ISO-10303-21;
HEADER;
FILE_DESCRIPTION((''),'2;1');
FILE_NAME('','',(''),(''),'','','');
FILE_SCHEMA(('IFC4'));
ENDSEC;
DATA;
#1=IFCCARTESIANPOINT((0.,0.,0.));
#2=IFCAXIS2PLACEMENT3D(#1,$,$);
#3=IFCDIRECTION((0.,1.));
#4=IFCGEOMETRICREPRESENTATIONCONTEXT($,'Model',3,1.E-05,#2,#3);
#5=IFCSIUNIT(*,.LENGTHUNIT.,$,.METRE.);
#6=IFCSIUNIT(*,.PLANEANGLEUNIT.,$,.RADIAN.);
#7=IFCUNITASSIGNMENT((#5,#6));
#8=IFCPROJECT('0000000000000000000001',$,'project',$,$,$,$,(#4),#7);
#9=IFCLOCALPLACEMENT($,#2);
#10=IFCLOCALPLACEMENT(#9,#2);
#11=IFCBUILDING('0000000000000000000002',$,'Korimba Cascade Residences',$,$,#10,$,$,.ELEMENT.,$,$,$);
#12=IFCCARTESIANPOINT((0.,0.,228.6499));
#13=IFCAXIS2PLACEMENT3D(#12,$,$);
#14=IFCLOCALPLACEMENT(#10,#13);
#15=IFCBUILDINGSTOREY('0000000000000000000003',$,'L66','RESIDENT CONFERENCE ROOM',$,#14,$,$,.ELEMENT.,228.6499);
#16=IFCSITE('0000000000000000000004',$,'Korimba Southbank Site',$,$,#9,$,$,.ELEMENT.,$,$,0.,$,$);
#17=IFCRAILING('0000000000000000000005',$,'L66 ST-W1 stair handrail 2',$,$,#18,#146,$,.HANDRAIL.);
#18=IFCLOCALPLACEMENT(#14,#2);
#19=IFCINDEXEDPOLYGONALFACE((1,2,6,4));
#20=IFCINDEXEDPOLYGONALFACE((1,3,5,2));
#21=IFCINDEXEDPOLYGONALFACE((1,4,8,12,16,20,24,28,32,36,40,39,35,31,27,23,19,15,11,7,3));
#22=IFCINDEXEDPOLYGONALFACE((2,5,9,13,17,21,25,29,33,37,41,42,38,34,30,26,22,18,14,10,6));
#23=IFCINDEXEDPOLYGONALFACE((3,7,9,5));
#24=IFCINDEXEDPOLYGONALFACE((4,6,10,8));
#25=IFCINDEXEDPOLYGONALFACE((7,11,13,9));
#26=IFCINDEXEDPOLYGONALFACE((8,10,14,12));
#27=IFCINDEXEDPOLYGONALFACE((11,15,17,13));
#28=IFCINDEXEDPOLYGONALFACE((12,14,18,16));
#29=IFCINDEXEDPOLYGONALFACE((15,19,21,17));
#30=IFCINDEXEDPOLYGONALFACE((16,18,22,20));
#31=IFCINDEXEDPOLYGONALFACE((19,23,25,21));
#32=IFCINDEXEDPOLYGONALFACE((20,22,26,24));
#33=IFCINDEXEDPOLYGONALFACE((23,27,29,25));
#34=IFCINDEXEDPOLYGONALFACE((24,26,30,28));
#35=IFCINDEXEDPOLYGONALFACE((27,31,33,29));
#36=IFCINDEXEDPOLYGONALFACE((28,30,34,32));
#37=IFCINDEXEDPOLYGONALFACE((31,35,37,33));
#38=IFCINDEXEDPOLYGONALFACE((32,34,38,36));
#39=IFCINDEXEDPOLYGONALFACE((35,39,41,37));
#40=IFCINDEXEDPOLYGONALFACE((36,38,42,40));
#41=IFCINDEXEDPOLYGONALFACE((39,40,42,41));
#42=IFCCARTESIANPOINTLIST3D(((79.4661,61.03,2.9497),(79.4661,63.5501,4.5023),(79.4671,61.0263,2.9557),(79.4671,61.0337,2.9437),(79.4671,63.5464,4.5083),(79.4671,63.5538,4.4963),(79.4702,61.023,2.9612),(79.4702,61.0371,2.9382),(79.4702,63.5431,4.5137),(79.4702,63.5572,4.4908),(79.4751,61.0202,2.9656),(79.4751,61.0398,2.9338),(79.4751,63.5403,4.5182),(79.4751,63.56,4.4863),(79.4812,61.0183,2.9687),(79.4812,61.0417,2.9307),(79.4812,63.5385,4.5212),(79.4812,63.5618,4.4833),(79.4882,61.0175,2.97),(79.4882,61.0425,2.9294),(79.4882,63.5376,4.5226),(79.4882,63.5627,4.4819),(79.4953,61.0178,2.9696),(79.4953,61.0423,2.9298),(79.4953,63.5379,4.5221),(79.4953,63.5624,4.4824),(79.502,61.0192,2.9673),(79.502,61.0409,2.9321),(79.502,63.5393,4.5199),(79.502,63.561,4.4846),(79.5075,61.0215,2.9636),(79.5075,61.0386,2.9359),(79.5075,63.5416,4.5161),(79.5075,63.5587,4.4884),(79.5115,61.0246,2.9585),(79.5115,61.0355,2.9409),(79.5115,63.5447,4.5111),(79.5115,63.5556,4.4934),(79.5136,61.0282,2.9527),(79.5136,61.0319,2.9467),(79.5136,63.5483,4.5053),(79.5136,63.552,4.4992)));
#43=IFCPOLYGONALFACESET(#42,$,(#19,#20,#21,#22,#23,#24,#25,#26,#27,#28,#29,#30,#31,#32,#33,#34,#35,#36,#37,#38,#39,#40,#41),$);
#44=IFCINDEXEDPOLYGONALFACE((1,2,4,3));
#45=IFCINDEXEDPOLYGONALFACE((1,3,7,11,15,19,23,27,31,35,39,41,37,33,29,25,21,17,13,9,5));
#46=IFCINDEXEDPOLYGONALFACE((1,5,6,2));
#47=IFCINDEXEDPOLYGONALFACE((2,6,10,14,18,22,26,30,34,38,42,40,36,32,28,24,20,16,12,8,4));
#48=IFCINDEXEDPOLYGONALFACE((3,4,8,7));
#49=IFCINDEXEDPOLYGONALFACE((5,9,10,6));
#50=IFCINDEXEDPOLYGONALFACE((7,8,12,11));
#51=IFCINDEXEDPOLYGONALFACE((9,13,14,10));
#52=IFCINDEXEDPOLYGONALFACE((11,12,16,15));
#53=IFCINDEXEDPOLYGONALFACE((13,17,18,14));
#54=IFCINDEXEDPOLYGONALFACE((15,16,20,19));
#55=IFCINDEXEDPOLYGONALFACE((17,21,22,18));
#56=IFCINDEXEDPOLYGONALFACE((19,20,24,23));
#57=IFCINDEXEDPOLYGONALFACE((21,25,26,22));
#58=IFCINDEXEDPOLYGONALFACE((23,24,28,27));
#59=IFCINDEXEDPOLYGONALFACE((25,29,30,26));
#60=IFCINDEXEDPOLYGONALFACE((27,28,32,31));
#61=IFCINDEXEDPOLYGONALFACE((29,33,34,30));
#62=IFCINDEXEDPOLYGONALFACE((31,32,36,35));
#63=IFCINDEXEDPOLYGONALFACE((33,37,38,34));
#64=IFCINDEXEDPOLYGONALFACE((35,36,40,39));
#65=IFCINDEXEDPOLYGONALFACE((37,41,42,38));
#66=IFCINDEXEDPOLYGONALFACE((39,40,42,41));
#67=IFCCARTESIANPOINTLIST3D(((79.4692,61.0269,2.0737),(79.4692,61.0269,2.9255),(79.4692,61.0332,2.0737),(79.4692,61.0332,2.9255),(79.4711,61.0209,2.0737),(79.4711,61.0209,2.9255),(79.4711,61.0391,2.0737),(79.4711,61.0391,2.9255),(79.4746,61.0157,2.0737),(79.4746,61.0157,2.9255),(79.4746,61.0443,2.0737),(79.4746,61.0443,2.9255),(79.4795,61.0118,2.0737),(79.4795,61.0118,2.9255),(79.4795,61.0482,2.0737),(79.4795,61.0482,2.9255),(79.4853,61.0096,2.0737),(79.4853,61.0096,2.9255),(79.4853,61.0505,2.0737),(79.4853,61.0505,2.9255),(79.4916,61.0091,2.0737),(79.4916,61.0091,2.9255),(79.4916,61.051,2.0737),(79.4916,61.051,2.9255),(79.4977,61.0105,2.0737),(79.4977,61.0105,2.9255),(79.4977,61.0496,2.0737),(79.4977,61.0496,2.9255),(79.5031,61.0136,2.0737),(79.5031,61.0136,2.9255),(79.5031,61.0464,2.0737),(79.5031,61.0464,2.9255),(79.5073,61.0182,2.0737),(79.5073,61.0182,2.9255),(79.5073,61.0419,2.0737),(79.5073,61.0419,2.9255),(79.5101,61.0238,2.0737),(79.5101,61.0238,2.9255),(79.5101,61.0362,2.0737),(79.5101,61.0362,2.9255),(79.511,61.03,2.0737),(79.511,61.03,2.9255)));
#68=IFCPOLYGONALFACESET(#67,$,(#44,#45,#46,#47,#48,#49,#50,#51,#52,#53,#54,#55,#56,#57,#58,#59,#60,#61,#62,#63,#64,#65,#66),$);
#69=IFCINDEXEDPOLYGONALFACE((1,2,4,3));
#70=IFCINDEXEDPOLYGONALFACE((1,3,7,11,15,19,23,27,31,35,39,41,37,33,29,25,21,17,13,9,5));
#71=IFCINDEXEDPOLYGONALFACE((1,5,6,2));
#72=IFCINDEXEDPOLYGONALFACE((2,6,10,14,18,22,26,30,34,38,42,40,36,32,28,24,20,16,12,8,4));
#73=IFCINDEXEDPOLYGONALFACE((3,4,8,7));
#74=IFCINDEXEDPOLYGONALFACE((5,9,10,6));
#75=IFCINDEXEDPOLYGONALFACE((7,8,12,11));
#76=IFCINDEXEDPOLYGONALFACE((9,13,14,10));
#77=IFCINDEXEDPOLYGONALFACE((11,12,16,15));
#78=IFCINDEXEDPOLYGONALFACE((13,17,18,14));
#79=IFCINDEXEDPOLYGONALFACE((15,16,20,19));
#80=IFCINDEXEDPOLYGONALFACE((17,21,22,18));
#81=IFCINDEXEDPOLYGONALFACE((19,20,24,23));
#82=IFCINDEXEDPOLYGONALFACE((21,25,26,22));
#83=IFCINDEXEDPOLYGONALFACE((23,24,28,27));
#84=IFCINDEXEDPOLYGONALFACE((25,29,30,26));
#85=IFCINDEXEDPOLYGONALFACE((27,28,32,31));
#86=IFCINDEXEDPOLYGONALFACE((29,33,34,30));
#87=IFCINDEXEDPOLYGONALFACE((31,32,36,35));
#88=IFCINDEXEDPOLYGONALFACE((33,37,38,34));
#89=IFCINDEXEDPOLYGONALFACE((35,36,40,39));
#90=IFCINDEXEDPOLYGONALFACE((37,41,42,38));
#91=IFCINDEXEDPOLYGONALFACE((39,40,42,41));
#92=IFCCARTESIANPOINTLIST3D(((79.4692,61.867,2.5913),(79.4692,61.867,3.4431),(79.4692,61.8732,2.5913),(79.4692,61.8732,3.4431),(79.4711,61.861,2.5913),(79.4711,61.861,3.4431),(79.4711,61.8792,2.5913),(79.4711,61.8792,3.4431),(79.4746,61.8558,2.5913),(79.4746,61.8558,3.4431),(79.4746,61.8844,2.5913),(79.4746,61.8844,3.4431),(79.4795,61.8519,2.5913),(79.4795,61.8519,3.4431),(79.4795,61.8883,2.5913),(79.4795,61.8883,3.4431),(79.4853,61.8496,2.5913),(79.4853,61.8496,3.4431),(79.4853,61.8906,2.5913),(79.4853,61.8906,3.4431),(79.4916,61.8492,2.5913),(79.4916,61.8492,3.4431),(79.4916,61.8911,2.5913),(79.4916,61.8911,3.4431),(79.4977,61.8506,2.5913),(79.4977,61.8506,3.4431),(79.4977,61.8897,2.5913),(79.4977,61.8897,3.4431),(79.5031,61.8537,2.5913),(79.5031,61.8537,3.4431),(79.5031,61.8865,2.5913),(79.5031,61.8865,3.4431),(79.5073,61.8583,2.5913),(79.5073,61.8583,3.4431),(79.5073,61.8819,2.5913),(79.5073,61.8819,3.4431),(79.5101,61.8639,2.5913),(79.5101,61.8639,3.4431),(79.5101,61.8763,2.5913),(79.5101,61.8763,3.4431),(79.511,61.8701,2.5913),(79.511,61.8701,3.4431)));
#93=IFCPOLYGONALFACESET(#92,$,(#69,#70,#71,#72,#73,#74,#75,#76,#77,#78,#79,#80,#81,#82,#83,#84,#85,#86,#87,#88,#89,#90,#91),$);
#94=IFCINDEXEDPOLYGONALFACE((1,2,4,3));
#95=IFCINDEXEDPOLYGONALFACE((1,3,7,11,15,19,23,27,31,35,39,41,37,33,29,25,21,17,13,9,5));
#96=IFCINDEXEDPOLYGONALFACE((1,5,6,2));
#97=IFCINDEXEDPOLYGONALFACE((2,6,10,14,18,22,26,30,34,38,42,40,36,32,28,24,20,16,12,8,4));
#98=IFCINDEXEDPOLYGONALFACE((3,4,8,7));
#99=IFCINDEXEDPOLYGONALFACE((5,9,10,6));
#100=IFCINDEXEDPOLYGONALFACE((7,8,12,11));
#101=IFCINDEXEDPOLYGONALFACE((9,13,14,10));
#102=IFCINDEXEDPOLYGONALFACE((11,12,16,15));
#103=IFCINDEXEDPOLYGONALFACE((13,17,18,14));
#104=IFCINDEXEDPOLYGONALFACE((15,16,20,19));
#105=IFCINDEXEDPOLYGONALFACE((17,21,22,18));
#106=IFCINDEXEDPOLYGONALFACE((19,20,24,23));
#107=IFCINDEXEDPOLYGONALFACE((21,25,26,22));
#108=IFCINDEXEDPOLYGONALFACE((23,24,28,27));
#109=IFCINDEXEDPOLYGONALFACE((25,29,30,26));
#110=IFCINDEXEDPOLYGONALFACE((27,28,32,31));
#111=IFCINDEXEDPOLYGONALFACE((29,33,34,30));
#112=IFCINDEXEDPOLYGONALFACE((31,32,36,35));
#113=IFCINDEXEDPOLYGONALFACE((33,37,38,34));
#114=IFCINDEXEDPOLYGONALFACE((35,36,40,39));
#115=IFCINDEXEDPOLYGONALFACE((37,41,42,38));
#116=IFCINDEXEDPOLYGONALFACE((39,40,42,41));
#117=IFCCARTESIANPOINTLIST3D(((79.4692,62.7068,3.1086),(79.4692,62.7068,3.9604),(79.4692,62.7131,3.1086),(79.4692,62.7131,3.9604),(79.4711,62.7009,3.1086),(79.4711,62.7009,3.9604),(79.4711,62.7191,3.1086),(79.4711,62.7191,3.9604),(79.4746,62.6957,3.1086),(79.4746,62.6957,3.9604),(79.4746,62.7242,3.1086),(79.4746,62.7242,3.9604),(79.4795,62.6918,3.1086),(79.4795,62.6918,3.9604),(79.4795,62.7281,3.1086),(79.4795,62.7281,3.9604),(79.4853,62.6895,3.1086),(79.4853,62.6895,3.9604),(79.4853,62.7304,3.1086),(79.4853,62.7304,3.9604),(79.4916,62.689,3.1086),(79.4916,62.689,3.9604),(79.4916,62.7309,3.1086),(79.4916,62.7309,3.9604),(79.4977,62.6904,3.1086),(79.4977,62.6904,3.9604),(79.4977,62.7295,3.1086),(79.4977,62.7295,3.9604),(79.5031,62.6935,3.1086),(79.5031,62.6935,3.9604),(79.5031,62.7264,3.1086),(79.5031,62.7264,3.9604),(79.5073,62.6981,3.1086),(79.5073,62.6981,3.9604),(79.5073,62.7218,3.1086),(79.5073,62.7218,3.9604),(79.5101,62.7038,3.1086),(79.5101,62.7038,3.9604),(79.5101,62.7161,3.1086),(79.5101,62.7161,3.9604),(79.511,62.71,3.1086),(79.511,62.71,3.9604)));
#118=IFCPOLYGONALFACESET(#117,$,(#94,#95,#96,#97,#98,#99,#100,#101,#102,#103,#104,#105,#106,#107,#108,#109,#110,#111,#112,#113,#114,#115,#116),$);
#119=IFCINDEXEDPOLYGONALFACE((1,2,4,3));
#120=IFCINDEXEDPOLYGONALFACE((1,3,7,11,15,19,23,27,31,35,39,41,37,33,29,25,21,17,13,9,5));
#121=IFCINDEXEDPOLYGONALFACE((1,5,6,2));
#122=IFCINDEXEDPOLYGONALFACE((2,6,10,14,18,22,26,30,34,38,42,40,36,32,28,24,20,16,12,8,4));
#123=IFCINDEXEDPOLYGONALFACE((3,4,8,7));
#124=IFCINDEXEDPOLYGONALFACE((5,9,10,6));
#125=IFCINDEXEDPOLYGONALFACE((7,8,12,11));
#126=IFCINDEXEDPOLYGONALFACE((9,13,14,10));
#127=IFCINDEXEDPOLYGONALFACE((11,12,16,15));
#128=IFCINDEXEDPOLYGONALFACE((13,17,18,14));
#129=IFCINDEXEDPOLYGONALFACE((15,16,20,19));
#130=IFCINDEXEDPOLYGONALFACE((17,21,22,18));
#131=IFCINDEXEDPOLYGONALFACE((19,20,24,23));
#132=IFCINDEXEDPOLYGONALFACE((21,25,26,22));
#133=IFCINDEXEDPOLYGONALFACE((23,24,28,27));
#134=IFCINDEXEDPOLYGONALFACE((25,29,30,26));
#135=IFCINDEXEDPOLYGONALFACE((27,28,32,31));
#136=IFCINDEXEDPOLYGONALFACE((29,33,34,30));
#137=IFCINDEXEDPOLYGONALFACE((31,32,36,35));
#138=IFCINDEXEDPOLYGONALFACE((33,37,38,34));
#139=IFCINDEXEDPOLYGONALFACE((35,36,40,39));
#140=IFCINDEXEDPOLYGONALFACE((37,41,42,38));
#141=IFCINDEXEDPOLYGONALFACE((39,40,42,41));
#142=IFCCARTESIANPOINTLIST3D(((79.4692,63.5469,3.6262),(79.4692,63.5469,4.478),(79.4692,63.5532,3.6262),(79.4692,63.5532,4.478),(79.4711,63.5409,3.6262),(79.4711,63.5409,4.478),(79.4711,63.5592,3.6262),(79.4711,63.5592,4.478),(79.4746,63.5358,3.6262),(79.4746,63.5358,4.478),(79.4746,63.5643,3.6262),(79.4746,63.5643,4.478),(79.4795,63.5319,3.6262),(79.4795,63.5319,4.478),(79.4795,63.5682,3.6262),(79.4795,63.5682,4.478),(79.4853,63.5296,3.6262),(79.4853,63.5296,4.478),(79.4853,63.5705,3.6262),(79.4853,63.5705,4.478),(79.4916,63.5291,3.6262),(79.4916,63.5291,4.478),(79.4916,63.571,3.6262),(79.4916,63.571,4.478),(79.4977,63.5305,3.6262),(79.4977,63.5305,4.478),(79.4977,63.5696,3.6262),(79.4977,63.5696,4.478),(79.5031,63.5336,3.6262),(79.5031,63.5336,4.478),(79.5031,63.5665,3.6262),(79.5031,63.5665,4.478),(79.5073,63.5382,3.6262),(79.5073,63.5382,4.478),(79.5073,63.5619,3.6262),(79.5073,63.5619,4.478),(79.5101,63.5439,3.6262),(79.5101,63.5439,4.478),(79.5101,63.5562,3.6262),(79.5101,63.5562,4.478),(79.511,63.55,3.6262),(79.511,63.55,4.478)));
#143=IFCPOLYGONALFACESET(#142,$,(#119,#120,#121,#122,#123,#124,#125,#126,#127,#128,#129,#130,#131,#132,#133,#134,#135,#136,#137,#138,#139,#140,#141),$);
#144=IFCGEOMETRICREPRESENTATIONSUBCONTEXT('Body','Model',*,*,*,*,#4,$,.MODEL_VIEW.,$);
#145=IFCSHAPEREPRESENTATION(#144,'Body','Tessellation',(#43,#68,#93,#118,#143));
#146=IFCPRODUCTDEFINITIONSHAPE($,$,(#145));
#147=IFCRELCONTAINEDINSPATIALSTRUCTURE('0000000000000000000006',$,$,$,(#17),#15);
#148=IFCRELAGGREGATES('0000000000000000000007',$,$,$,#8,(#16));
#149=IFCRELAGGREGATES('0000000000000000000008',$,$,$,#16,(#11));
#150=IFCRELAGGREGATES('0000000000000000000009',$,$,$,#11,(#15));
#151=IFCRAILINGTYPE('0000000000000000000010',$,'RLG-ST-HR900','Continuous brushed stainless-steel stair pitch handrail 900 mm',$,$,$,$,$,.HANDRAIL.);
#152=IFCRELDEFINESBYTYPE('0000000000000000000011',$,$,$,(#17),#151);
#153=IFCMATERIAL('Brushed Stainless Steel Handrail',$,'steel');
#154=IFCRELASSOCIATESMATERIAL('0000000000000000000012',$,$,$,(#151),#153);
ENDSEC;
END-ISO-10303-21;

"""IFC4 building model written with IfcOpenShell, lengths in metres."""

from ifc_helpers import new_model, si_unit, direction, frame, origin, origin_2d, place, context, subcontext, project, spatial, circle, extrude, material, type_object, element, save


model = new_model("IFC4")

# Units and contexts
model_context = context("Model", 3, precision=1e-05, world=origin(), true_north=direction((0.0, 1.0)))
body_context = subcontext(model_context, "Body", "Model", "MODEL_VIEW")
ifc_project = project(units=[si_unit("LENGTHUNIT", "METRE"), si_unit("PLANEANGLEUNIT", "RADIAN")], contexts=[model_context])

# Site, building, storey
site_placement = place(None, origin())
site = spatial("IfcSite", under=ifc_project, at=site_placement, Name="Korimba Southbank Site", CompositionType="ELEMENT", RefElevation=0.0)
building_placement = place(site_placement, origin())
building = spatial("IfcBuilding", under=site, at=building_placement, Name="Korimba Cascade Residences", CompositionType="ELEMENT")
storey_placement = place(building_placement, frame((0.0, 0.0, 228.6499)))
storey = spatial("IfcBuildingStorey", under=building, at=storey_placement, Name="L66", Description="RESIDENT CONFERENCE ROOM", CompositionType="ELEMENT", Elevation=228.6499)

# Railing
ifc_material_1 = material(Name="Brushed Stainless Steel Handrail", Category="steel")
railing_type_1 = type_object("IfcRailingType", Name="RLG-ST-HR900", Description="Continuous brushed stainless-steel stair pitch handrail 900 mm", PredefinedType="HANDRAIL", material=ifc_material_1)
railing_1_placement = place(storey_placement, frame((79.49, 61.03, 2.0737)))
element("IfcRailing", 1, at=railing_1_placement, inside=storey, type_object=railing_type_1, Name="L66 ST-W1 stair handrail 2", PredefinedType="HANDRAIL", context=body_context, shape_type="SweptSolid", body=[
    extrude(circle(Radius=0.0239, at=origin_2d()), frame((0.0, 0.0, 0.876), z_axis=(0.0, 0.8514, 0.524516), x_axis=(-1.0, 0.0, 0.0)), (0.0, 0.0, 1.0), 2.96),
    extrude(circle(Radius=0.021, at=origin_2d()), origin(), (0.0, 0.0, 1.0), 0.8518),
    extrude(circle(Radius=0.021, at=origin_2d()), frame((0.0, 0.8401, 0.5176)), (0.0, 0.0, 1.0), 0.8518),
    extrude(circle(Radius=0.021, at=origin_2d()), frame((0.0, 1.6799, 1.0349)), (0.0, 0.0, 1.0), 0.8518),
    extrude(circle(Radius=0.021, at=origin_2d()), frame((0.0, 2.52, 1.5525)), (0.0, 0.0, 1.0), 0.8518),
])

save(model, "model.ifc")
